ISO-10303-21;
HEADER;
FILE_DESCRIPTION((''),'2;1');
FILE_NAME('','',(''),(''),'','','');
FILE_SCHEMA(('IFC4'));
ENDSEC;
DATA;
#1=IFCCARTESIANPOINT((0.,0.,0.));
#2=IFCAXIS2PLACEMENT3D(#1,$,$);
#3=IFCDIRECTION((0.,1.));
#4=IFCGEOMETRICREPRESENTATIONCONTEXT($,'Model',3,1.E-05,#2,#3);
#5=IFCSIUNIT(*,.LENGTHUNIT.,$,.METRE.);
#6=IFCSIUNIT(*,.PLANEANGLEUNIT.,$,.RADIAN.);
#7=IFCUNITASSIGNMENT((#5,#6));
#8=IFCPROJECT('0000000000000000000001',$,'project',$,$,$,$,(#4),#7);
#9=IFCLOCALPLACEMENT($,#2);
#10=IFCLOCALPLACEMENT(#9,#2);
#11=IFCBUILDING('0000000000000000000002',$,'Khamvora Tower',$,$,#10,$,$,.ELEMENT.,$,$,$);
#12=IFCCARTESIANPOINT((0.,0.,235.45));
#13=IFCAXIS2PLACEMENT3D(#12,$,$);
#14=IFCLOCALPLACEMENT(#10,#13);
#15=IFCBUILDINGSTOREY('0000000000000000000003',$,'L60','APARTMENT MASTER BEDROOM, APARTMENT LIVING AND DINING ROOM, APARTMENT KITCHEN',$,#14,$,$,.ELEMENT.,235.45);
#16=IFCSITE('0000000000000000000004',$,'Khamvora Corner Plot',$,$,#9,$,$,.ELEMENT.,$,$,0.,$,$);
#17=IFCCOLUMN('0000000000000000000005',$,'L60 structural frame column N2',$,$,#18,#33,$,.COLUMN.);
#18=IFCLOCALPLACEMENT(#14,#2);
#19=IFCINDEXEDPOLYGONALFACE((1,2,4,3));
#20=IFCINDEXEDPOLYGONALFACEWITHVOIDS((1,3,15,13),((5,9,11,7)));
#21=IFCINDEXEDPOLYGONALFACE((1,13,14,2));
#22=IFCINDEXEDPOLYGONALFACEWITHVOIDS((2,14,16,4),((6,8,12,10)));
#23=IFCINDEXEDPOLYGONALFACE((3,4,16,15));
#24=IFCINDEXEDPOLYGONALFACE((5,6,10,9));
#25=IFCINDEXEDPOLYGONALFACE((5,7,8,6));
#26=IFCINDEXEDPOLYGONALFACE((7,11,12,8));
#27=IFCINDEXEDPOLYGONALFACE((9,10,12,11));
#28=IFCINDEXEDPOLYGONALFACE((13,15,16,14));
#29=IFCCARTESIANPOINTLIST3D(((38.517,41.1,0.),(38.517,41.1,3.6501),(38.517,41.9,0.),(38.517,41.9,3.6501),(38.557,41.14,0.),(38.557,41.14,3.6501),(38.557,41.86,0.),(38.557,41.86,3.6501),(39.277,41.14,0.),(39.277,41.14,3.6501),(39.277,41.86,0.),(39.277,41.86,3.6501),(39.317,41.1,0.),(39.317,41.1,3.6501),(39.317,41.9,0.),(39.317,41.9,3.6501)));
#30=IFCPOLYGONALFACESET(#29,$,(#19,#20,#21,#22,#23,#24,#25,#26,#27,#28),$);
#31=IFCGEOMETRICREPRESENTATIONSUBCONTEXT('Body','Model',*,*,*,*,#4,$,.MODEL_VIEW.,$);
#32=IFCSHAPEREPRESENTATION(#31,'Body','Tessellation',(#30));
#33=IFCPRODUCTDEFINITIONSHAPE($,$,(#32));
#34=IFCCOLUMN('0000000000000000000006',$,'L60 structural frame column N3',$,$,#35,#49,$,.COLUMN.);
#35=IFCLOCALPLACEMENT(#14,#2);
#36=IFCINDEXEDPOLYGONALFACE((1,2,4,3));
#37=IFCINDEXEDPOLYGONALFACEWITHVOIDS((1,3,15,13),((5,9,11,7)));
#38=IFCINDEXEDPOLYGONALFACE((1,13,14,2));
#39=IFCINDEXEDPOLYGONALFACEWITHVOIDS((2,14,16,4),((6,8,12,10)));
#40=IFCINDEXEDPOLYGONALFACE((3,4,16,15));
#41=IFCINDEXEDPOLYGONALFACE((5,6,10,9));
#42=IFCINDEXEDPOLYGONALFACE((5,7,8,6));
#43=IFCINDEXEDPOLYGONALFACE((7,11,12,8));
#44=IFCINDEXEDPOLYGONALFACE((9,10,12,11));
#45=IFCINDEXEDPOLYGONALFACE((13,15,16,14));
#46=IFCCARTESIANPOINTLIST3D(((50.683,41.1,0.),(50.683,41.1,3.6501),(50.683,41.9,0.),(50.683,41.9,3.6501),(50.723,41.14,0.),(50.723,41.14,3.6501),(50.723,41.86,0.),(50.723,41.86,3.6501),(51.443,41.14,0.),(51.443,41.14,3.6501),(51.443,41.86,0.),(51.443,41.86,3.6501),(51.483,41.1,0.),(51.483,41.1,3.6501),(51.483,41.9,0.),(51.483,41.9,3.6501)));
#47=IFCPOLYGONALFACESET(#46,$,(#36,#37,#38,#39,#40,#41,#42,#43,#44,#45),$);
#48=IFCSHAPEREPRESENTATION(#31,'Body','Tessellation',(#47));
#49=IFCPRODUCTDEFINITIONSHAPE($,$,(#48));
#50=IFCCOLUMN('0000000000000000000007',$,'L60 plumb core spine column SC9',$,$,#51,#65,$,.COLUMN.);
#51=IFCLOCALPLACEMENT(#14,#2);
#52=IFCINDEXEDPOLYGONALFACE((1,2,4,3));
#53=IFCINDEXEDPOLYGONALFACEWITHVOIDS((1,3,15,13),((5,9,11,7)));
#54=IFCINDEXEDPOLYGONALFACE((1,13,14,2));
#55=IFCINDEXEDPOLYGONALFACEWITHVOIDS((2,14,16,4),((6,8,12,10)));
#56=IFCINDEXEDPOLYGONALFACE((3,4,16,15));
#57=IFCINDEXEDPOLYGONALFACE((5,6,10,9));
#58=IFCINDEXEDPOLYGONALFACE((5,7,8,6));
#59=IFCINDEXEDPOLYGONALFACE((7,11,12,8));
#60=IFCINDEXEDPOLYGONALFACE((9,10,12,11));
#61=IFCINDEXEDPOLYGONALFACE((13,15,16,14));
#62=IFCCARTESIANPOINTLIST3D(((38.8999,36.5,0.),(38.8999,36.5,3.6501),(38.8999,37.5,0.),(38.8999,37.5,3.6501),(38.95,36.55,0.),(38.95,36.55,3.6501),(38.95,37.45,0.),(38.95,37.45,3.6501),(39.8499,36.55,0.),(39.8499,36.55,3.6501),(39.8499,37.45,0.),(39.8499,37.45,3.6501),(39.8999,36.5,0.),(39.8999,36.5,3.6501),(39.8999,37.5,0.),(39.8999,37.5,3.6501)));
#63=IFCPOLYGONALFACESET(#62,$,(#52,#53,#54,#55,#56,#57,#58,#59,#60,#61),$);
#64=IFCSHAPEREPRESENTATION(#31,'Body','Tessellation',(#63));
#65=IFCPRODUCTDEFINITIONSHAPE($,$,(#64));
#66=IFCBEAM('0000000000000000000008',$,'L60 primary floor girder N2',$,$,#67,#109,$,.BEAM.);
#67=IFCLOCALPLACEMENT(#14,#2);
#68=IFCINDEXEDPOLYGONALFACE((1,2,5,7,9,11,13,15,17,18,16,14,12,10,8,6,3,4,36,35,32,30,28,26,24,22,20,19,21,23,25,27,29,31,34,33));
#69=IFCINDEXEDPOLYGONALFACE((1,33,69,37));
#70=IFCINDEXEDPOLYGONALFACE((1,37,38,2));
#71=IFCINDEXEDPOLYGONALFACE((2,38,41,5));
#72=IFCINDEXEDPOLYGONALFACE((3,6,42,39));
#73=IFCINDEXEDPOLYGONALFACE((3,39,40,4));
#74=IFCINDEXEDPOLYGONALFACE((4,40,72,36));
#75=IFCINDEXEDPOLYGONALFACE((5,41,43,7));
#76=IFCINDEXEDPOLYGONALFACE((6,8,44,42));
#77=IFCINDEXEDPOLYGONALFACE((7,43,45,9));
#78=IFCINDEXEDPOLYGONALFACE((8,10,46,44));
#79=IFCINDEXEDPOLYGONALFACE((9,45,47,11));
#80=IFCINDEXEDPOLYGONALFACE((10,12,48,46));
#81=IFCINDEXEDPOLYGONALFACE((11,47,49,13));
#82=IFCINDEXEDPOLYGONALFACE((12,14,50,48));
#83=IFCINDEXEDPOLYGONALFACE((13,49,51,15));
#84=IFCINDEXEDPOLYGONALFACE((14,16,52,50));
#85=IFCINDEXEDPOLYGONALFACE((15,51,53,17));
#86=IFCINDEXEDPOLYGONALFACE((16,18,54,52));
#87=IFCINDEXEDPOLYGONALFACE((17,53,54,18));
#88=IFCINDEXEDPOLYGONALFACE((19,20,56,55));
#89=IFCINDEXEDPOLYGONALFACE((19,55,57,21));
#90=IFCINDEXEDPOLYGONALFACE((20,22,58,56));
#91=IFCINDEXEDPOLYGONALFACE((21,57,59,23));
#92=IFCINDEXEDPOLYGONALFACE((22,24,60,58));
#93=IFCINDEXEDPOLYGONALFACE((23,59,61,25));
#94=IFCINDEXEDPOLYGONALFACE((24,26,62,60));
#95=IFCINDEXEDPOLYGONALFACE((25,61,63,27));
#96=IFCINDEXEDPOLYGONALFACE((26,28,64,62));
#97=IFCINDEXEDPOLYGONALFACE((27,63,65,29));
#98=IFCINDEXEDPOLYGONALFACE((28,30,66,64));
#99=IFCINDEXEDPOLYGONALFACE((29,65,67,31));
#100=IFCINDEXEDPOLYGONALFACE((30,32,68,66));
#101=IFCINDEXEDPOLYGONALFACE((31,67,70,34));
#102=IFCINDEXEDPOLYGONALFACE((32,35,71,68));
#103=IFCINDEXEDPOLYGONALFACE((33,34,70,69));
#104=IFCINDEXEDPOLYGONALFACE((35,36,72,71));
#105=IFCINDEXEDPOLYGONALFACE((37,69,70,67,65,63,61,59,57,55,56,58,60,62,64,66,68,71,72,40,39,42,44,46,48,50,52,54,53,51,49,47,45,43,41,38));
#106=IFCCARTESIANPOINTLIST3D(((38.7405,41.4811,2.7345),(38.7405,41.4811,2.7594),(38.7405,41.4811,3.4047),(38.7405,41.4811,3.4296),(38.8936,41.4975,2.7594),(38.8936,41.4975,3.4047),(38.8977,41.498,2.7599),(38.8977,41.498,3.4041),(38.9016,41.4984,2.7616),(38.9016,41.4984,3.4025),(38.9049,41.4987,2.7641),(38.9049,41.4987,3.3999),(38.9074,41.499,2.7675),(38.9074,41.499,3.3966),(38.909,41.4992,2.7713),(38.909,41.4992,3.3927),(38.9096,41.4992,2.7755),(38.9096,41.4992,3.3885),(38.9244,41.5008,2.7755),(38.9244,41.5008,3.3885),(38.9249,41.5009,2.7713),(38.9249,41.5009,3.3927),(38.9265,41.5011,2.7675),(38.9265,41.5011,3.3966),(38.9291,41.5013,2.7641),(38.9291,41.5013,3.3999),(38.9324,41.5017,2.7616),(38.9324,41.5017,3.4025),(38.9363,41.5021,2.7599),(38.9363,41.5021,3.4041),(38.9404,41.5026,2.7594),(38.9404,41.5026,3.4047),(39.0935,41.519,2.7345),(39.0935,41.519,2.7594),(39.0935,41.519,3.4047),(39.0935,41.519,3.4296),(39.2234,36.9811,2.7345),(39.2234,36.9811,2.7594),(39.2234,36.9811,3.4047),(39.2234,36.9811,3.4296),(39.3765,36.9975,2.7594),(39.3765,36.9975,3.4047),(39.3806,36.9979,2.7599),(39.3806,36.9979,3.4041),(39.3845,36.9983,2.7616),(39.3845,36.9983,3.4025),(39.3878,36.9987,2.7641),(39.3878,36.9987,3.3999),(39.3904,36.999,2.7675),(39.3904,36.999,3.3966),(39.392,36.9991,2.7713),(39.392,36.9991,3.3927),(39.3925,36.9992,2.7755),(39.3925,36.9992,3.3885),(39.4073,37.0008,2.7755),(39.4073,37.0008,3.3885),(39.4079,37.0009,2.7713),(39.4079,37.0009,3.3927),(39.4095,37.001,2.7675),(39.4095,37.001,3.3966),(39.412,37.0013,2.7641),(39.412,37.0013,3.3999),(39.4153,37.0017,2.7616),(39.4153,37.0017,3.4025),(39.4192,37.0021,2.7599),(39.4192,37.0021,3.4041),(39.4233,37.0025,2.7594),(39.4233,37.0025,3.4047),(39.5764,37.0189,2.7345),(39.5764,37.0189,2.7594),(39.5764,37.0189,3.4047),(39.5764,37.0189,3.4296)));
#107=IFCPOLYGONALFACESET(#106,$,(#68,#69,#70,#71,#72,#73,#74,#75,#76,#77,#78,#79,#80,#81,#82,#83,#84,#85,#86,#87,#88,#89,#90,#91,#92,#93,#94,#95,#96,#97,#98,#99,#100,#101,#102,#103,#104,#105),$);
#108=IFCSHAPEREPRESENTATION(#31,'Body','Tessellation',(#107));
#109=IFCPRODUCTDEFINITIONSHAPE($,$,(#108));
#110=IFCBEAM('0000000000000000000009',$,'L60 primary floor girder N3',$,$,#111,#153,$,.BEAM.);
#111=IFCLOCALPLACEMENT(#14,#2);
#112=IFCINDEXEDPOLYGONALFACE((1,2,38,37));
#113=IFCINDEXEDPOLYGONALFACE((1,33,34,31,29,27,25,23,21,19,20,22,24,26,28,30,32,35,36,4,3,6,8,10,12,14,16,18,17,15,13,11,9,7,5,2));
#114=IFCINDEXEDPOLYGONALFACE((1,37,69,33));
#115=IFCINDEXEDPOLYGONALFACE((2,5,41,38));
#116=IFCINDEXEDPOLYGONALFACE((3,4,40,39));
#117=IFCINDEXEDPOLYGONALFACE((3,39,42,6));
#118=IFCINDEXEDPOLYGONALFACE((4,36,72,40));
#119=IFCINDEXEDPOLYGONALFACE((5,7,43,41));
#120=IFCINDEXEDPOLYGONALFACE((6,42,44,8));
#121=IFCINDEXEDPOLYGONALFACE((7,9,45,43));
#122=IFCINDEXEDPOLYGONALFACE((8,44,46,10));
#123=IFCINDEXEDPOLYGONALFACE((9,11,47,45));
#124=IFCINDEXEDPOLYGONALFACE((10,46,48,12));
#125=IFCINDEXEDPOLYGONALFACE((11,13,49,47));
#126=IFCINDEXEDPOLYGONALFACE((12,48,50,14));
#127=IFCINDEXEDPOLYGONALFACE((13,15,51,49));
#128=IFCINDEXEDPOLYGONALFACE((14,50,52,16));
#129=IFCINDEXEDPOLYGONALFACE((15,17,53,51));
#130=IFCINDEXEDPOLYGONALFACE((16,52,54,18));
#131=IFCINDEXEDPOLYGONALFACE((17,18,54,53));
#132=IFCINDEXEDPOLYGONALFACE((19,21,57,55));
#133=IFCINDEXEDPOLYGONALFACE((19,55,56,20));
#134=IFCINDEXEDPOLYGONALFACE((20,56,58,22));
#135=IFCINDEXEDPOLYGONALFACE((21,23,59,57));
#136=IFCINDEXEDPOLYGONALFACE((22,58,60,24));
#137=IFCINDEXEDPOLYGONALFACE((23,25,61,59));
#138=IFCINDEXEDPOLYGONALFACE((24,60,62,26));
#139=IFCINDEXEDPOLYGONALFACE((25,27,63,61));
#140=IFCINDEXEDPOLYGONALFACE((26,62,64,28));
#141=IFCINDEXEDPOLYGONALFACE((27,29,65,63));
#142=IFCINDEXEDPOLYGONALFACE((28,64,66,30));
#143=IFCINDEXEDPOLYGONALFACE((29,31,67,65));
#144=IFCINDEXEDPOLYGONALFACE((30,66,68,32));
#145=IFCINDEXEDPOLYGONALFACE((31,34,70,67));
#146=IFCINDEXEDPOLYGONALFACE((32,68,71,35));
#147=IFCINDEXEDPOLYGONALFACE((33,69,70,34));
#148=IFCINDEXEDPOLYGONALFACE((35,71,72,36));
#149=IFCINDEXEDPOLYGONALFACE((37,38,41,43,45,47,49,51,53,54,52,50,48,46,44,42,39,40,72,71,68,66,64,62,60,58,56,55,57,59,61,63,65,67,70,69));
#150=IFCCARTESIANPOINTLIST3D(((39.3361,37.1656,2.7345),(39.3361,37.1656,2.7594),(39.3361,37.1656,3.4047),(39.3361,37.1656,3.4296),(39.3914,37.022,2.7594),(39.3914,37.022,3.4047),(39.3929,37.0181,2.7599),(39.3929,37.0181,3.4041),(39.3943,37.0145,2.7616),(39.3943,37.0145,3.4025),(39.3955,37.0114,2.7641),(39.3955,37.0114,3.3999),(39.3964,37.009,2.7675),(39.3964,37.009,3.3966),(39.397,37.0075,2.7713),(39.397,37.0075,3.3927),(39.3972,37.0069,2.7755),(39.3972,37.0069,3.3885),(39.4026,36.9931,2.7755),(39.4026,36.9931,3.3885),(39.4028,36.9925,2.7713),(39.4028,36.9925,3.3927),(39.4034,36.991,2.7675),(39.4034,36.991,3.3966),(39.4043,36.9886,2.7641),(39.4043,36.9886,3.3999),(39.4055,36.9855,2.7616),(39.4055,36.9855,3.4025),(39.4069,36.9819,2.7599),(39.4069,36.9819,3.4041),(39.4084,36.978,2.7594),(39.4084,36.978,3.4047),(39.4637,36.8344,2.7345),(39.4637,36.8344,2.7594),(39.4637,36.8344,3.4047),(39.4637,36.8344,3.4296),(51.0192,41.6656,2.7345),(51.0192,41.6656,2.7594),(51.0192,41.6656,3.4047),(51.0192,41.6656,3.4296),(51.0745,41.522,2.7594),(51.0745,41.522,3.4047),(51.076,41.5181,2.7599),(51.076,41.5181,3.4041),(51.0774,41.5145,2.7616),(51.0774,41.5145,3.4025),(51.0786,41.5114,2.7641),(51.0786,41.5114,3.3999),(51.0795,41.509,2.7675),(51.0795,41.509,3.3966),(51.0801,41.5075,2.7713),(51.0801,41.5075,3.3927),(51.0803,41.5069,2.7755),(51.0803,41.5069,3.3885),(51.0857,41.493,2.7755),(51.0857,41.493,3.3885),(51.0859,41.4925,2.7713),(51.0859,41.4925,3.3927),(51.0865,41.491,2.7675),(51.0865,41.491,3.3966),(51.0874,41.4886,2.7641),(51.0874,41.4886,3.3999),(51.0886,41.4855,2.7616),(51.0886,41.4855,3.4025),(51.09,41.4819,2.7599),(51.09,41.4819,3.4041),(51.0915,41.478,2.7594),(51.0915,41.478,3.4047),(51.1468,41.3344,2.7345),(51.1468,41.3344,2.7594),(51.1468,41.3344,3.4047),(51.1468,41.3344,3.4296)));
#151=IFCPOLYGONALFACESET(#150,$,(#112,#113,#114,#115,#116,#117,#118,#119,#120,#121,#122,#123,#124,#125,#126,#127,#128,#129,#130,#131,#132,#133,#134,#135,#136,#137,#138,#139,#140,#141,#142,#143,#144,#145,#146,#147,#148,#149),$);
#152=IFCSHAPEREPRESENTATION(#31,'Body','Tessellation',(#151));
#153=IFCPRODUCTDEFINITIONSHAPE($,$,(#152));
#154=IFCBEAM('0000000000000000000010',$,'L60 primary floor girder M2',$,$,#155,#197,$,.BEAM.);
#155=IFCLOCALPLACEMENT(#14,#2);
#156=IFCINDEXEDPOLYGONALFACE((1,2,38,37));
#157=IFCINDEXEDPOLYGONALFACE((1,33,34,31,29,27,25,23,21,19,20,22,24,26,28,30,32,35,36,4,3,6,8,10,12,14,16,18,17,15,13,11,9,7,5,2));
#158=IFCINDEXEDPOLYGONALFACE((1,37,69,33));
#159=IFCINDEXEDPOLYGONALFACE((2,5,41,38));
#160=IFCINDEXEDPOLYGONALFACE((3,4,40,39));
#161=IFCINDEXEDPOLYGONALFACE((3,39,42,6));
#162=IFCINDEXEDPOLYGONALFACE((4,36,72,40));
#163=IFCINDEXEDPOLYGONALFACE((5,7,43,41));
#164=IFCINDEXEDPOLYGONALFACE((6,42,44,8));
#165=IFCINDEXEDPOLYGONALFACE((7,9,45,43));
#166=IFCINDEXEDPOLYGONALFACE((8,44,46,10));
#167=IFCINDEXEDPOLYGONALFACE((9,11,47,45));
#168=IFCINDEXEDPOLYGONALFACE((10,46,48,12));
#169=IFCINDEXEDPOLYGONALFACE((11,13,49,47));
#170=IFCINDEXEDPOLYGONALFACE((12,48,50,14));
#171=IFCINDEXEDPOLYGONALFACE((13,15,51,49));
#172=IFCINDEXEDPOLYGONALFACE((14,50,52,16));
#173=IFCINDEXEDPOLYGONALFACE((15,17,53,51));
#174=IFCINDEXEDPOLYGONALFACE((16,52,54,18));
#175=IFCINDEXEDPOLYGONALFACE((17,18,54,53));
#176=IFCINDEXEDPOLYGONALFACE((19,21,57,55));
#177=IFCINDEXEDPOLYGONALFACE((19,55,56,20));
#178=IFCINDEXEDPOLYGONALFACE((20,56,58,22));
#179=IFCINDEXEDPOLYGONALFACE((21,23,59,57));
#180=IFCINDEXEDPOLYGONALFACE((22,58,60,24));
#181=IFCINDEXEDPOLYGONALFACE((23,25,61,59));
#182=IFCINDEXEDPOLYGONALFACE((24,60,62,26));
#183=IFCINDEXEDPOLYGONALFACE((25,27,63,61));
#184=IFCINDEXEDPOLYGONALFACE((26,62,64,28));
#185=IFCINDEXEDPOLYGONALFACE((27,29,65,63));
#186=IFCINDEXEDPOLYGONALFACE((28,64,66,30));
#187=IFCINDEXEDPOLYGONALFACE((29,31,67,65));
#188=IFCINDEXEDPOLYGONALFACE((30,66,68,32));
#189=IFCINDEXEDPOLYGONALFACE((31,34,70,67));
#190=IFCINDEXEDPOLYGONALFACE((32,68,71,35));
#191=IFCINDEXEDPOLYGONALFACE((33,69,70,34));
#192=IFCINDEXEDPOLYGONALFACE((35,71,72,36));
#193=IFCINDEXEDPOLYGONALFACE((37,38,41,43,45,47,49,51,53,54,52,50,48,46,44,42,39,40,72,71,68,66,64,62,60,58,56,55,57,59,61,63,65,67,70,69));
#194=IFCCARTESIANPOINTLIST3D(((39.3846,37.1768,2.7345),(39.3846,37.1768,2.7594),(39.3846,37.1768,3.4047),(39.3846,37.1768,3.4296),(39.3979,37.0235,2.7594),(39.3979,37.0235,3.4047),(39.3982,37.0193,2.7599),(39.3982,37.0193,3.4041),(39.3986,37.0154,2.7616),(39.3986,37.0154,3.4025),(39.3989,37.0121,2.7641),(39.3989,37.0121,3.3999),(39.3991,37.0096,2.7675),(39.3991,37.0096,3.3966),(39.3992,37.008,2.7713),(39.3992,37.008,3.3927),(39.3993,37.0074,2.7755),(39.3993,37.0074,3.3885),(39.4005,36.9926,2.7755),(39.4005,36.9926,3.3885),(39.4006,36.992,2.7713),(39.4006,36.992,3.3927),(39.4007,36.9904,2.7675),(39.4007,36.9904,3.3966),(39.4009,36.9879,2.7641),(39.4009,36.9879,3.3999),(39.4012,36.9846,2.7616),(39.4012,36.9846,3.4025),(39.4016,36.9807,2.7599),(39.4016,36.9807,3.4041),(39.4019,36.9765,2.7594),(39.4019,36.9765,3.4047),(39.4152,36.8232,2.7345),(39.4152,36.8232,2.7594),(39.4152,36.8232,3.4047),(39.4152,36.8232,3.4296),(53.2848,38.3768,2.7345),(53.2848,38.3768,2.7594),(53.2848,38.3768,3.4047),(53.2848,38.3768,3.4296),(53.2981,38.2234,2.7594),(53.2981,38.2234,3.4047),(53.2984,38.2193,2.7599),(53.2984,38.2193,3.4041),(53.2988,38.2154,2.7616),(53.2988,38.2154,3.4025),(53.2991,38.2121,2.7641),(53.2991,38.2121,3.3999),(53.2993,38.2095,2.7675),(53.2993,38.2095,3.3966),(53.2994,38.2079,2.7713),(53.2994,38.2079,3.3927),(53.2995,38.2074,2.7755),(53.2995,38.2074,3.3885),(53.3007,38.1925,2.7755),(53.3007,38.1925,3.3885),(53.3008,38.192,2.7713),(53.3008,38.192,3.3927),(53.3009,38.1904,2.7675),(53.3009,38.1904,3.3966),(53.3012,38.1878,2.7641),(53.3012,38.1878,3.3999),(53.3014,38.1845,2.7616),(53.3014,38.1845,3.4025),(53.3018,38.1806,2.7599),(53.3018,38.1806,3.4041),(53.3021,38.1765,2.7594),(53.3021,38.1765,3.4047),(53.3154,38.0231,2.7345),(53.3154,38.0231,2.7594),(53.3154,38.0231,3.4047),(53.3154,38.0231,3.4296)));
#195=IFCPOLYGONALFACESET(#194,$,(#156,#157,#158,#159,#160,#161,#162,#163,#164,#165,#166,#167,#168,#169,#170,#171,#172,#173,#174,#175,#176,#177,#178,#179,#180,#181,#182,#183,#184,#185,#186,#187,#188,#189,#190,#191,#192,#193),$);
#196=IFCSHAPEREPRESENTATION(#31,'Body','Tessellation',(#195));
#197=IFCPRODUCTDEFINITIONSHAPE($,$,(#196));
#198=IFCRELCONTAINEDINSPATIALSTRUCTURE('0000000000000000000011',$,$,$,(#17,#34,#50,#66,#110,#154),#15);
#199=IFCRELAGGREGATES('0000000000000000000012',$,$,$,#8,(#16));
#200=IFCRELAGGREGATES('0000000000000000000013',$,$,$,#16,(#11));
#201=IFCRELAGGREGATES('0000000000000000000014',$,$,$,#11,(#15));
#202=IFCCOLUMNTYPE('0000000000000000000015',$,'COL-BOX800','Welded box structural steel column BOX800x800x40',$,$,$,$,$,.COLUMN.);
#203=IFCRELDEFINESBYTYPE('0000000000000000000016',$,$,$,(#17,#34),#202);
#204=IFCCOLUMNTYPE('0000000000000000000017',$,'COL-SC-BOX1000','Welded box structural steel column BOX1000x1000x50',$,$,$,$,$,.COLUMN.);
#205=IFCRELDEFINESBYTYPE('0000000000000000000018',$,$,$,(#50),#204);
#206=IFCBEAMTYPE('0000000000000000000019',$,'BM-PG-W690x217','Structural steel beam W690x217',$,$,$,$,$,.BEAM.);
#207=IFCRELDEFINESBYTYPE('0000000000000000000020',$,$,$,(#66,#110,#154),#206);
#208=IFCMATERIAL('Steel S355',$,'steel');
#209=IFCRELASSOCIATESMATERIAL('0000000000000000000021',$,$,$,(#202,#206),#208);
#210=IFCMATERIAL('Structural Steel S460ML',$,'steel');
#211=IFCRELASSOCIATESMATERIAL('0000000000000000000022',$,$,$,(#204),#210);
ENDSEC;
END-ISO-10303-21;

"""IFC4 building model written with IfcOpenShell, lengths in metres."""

from ifc_helpers import new_model, si_unit, direction, frame, origin, origin_2d, place, context, subcontext, project, spatial, hollow_rectangle, i_section, extrude, material, material_profile, profile_set, type_object, element, save


model = new_model("IFC4")

# Units and contexts
model_context = context("Model", 3, precision=1e-05, world=origin(), true_north=direction((0.0, 1.0)))
body_context = subcontext(model_context, "Body", "Model", "MODEL_VIEW")
ifc_project = project(units=[si_unit("LENGTHUNIT", "METRE"), si_unit("PLANEANGLEUNIT", "RADIAN")], contexts=[model_context])

# Site, building, storey
site_placement = place(None, origin())
site = spatial("IfcSite", under=ifc_project, at=site_placement, Name="Khamvora Corner Plot", CompositionType="ELEMENT", RefElevation=0.0)
building_placement = place(site_placement, origin())
building = spatial("IfcBuilding", under=site, at=building_placement, Name="Khamvora Tower", CompositionType="ELEMENT")
storey_placement = place(building_placement, frame((0.0, 0.0, 235.45)))
storey = spatial("IfcBuildingStorey", under=building, at=storey_placement, Name="L60", Description="APARTMENT MASTER BEDROOM, APARTMENT LIVING AND DINING ROOM, APARTMENT KITCHEN", CompositionType="ELEMENT", Elevation=235.45)

# Columns
ifc_material_1 = material(Name="Steel S355", Category="steel")
ifc_material_profile_1 = material_profile(ifc_material_1, hollow_rectangle(XDim=0.8, YDim=0.8, WallThickness=0.04, at=origin_2d()), Name="BOX800x800x40")
ifc_profile_set_1 = profile_set([ifc_material_profile_1], Name="Steel S355")
column_type_1 = type_object("IfcColumnType", Name="COL-BOX800", Description="Welded box structural steel column BOX800x800x40", PredefinedType="COLUMN", material=ifc_profile_set_1)
for number, where, z_axis, x_axis, name in (
    (1, (38.917, 41.5, 0.0), (0.0, 0.0, 1.0), (1.0, 0.0, 0.0), "L60 structural frame column N2"),
    (2, (51.083, 41.5, 0.0), (0.0, 0.0, 1.0), (1.0, 0.0, 0.0), "L60 structural frame column N3"),
):
    element("IfcColumn", number, at=place(storey_placement, frame(where, z_axis=z_axis, x_axis=x_axis)), inside=storey, type_object=column_type_1, Name=name, PredefinedType="COLUMN", context=body_context, shape_type="SweptSolid", body=[
        extrude(hollow_rectangle(XDim=0.8, YDim=0.8, WallThickness=0.04, at=origin_2d()), origin(), (0.0, 0.0, 1.0), 3.6501),
    ])
ifc_material_2 = material(Name="Structural Steel S460ML", Category="steel")
ifc_material_profile_2 = material_profile(ifc_material_2, hollow_rectangle(XDim=1.0, YDim=1.0, WallThickness=0.05, at=origin_2d()), Name="BOX1000x1000x50")
ifc_profile_set_2 = profile_set([ifc_material_profile_2], Name="Structural Steel S460ML")
column_type_2 = type_object("IfcColumnType", Name="COL-SC-BOX1000", Description="Welded box structural steel column BOX1000x1000x50", PredefinedType="COLUMN", material=ifc_profile_set_2)
column_placement = place(storey_placement, frame((39.3999, 37.0, 0.0), z_axis=(0.0, 0.0, 1.0), x_axis=(1.0, 0.0, 0.0)))
element("IfcColumn", 3, at=column_placement, inside=storey, type_object=column_type_2, Name="L60 plumb core spine column SC9", PredefinedType="COLUMN", context=body_context, shape_type="SweptSolid", body=[
    extrude(hollow_rectangle(XDim=1.0, YDim=1.0, WallThickness=0.05, at=origin_2d()), origin(), (0.0, 0.0, 1.0), 3.6501),
])

# Beams
ifc_material_profile_3 = material_profile(ifc_material_1, i_section(OverallWidth=0.355, OverallDepth=0.6951, WebThickness=0.0149, FlangeThickness=0.0249, FilletRadius=0.0161, at=origin_2d()), Name="W690x217")
ifc_profile_set_3 = profile_set([ifc_material_profile_3], Name="Steel S355")
beam_type_1 = type_object("IfcBeamType", Name="BM-PG-W690x217", Description="Structural steel beam W690x217", PredefinedType="BEAM", material=ifc_profile_set_3)
beam_1_placement = place(storey_placement, frame((39.3999, 37.0, 3.082), z_axis=(-0.106701, 0.994291, 0.0), x_axis=(-0.994291, -0.106701, 0.0)))
element("IfcBeam", 4, at=beam_1_placement, inside=storey, type_object=beam_type_1, Name="L60 primary floor girder N2", PredefinedType="BEAM", context=body_context, shape_type="SweptSolid", body=[
    extrude(i_section(OverallWidth=0.355, OverallDepth=0.6951, WebThickness=0.0149, FlangeThickness=0.0249, FilletRadius=0.0161, at=origin_2d()), origin(), (0.0, 0.0, 1.0), 4.5259),
])
beam_2_placement = place(storey_placement, frame((39.3999, 37.0, 3.082), z_axis=(0.933172, 0.359431, 0.0), x_axis=(-0.359431, 0.933172, 0.0)))
element("IfcBeam", 5, at=beam_2_placement, inside=storey, type_object=beam_type_1, Name="L60 primary floor girder N3", PredefinedType="BEAM", context=body_context, shape_type="SweptSolid", body=[
    extrude(i_section(OverallWidth=0.355, OverallDepth=0.6951, WebThickness=0.0149, FlangeThickness=0.0249, FilletRadius=0.0161, at=origin_2d()), origin(), (0.0, 0.0, 1.0), 12.5198),
])
beam_3_placement = place(storey_placement, frame((39.3999, 37.0, 3.082), z_axis=(0.996295, 0.086007, 0.0), x_axis=(-0.086007, 0.996295, 0.0)))
element("IfcBeam", 6, at=beam_3_placement, inside=storey, type_object=beam_type_1, Name="L60 primary floor girder M2", PredefinedType="BEAM", context=body_context, shape_type="SweptSolid", body=[
    extrude(i_section(OverallWidth=0.355, OverallDepth=0.6951, WebThickness=0.0149, FlangeThickness=0.0249, FilletRadius=0.0161, at=origin_2d()), origin(), (0.0, 0.0, 1.0), 13.9519),
])

save(model, "model.ifc")
